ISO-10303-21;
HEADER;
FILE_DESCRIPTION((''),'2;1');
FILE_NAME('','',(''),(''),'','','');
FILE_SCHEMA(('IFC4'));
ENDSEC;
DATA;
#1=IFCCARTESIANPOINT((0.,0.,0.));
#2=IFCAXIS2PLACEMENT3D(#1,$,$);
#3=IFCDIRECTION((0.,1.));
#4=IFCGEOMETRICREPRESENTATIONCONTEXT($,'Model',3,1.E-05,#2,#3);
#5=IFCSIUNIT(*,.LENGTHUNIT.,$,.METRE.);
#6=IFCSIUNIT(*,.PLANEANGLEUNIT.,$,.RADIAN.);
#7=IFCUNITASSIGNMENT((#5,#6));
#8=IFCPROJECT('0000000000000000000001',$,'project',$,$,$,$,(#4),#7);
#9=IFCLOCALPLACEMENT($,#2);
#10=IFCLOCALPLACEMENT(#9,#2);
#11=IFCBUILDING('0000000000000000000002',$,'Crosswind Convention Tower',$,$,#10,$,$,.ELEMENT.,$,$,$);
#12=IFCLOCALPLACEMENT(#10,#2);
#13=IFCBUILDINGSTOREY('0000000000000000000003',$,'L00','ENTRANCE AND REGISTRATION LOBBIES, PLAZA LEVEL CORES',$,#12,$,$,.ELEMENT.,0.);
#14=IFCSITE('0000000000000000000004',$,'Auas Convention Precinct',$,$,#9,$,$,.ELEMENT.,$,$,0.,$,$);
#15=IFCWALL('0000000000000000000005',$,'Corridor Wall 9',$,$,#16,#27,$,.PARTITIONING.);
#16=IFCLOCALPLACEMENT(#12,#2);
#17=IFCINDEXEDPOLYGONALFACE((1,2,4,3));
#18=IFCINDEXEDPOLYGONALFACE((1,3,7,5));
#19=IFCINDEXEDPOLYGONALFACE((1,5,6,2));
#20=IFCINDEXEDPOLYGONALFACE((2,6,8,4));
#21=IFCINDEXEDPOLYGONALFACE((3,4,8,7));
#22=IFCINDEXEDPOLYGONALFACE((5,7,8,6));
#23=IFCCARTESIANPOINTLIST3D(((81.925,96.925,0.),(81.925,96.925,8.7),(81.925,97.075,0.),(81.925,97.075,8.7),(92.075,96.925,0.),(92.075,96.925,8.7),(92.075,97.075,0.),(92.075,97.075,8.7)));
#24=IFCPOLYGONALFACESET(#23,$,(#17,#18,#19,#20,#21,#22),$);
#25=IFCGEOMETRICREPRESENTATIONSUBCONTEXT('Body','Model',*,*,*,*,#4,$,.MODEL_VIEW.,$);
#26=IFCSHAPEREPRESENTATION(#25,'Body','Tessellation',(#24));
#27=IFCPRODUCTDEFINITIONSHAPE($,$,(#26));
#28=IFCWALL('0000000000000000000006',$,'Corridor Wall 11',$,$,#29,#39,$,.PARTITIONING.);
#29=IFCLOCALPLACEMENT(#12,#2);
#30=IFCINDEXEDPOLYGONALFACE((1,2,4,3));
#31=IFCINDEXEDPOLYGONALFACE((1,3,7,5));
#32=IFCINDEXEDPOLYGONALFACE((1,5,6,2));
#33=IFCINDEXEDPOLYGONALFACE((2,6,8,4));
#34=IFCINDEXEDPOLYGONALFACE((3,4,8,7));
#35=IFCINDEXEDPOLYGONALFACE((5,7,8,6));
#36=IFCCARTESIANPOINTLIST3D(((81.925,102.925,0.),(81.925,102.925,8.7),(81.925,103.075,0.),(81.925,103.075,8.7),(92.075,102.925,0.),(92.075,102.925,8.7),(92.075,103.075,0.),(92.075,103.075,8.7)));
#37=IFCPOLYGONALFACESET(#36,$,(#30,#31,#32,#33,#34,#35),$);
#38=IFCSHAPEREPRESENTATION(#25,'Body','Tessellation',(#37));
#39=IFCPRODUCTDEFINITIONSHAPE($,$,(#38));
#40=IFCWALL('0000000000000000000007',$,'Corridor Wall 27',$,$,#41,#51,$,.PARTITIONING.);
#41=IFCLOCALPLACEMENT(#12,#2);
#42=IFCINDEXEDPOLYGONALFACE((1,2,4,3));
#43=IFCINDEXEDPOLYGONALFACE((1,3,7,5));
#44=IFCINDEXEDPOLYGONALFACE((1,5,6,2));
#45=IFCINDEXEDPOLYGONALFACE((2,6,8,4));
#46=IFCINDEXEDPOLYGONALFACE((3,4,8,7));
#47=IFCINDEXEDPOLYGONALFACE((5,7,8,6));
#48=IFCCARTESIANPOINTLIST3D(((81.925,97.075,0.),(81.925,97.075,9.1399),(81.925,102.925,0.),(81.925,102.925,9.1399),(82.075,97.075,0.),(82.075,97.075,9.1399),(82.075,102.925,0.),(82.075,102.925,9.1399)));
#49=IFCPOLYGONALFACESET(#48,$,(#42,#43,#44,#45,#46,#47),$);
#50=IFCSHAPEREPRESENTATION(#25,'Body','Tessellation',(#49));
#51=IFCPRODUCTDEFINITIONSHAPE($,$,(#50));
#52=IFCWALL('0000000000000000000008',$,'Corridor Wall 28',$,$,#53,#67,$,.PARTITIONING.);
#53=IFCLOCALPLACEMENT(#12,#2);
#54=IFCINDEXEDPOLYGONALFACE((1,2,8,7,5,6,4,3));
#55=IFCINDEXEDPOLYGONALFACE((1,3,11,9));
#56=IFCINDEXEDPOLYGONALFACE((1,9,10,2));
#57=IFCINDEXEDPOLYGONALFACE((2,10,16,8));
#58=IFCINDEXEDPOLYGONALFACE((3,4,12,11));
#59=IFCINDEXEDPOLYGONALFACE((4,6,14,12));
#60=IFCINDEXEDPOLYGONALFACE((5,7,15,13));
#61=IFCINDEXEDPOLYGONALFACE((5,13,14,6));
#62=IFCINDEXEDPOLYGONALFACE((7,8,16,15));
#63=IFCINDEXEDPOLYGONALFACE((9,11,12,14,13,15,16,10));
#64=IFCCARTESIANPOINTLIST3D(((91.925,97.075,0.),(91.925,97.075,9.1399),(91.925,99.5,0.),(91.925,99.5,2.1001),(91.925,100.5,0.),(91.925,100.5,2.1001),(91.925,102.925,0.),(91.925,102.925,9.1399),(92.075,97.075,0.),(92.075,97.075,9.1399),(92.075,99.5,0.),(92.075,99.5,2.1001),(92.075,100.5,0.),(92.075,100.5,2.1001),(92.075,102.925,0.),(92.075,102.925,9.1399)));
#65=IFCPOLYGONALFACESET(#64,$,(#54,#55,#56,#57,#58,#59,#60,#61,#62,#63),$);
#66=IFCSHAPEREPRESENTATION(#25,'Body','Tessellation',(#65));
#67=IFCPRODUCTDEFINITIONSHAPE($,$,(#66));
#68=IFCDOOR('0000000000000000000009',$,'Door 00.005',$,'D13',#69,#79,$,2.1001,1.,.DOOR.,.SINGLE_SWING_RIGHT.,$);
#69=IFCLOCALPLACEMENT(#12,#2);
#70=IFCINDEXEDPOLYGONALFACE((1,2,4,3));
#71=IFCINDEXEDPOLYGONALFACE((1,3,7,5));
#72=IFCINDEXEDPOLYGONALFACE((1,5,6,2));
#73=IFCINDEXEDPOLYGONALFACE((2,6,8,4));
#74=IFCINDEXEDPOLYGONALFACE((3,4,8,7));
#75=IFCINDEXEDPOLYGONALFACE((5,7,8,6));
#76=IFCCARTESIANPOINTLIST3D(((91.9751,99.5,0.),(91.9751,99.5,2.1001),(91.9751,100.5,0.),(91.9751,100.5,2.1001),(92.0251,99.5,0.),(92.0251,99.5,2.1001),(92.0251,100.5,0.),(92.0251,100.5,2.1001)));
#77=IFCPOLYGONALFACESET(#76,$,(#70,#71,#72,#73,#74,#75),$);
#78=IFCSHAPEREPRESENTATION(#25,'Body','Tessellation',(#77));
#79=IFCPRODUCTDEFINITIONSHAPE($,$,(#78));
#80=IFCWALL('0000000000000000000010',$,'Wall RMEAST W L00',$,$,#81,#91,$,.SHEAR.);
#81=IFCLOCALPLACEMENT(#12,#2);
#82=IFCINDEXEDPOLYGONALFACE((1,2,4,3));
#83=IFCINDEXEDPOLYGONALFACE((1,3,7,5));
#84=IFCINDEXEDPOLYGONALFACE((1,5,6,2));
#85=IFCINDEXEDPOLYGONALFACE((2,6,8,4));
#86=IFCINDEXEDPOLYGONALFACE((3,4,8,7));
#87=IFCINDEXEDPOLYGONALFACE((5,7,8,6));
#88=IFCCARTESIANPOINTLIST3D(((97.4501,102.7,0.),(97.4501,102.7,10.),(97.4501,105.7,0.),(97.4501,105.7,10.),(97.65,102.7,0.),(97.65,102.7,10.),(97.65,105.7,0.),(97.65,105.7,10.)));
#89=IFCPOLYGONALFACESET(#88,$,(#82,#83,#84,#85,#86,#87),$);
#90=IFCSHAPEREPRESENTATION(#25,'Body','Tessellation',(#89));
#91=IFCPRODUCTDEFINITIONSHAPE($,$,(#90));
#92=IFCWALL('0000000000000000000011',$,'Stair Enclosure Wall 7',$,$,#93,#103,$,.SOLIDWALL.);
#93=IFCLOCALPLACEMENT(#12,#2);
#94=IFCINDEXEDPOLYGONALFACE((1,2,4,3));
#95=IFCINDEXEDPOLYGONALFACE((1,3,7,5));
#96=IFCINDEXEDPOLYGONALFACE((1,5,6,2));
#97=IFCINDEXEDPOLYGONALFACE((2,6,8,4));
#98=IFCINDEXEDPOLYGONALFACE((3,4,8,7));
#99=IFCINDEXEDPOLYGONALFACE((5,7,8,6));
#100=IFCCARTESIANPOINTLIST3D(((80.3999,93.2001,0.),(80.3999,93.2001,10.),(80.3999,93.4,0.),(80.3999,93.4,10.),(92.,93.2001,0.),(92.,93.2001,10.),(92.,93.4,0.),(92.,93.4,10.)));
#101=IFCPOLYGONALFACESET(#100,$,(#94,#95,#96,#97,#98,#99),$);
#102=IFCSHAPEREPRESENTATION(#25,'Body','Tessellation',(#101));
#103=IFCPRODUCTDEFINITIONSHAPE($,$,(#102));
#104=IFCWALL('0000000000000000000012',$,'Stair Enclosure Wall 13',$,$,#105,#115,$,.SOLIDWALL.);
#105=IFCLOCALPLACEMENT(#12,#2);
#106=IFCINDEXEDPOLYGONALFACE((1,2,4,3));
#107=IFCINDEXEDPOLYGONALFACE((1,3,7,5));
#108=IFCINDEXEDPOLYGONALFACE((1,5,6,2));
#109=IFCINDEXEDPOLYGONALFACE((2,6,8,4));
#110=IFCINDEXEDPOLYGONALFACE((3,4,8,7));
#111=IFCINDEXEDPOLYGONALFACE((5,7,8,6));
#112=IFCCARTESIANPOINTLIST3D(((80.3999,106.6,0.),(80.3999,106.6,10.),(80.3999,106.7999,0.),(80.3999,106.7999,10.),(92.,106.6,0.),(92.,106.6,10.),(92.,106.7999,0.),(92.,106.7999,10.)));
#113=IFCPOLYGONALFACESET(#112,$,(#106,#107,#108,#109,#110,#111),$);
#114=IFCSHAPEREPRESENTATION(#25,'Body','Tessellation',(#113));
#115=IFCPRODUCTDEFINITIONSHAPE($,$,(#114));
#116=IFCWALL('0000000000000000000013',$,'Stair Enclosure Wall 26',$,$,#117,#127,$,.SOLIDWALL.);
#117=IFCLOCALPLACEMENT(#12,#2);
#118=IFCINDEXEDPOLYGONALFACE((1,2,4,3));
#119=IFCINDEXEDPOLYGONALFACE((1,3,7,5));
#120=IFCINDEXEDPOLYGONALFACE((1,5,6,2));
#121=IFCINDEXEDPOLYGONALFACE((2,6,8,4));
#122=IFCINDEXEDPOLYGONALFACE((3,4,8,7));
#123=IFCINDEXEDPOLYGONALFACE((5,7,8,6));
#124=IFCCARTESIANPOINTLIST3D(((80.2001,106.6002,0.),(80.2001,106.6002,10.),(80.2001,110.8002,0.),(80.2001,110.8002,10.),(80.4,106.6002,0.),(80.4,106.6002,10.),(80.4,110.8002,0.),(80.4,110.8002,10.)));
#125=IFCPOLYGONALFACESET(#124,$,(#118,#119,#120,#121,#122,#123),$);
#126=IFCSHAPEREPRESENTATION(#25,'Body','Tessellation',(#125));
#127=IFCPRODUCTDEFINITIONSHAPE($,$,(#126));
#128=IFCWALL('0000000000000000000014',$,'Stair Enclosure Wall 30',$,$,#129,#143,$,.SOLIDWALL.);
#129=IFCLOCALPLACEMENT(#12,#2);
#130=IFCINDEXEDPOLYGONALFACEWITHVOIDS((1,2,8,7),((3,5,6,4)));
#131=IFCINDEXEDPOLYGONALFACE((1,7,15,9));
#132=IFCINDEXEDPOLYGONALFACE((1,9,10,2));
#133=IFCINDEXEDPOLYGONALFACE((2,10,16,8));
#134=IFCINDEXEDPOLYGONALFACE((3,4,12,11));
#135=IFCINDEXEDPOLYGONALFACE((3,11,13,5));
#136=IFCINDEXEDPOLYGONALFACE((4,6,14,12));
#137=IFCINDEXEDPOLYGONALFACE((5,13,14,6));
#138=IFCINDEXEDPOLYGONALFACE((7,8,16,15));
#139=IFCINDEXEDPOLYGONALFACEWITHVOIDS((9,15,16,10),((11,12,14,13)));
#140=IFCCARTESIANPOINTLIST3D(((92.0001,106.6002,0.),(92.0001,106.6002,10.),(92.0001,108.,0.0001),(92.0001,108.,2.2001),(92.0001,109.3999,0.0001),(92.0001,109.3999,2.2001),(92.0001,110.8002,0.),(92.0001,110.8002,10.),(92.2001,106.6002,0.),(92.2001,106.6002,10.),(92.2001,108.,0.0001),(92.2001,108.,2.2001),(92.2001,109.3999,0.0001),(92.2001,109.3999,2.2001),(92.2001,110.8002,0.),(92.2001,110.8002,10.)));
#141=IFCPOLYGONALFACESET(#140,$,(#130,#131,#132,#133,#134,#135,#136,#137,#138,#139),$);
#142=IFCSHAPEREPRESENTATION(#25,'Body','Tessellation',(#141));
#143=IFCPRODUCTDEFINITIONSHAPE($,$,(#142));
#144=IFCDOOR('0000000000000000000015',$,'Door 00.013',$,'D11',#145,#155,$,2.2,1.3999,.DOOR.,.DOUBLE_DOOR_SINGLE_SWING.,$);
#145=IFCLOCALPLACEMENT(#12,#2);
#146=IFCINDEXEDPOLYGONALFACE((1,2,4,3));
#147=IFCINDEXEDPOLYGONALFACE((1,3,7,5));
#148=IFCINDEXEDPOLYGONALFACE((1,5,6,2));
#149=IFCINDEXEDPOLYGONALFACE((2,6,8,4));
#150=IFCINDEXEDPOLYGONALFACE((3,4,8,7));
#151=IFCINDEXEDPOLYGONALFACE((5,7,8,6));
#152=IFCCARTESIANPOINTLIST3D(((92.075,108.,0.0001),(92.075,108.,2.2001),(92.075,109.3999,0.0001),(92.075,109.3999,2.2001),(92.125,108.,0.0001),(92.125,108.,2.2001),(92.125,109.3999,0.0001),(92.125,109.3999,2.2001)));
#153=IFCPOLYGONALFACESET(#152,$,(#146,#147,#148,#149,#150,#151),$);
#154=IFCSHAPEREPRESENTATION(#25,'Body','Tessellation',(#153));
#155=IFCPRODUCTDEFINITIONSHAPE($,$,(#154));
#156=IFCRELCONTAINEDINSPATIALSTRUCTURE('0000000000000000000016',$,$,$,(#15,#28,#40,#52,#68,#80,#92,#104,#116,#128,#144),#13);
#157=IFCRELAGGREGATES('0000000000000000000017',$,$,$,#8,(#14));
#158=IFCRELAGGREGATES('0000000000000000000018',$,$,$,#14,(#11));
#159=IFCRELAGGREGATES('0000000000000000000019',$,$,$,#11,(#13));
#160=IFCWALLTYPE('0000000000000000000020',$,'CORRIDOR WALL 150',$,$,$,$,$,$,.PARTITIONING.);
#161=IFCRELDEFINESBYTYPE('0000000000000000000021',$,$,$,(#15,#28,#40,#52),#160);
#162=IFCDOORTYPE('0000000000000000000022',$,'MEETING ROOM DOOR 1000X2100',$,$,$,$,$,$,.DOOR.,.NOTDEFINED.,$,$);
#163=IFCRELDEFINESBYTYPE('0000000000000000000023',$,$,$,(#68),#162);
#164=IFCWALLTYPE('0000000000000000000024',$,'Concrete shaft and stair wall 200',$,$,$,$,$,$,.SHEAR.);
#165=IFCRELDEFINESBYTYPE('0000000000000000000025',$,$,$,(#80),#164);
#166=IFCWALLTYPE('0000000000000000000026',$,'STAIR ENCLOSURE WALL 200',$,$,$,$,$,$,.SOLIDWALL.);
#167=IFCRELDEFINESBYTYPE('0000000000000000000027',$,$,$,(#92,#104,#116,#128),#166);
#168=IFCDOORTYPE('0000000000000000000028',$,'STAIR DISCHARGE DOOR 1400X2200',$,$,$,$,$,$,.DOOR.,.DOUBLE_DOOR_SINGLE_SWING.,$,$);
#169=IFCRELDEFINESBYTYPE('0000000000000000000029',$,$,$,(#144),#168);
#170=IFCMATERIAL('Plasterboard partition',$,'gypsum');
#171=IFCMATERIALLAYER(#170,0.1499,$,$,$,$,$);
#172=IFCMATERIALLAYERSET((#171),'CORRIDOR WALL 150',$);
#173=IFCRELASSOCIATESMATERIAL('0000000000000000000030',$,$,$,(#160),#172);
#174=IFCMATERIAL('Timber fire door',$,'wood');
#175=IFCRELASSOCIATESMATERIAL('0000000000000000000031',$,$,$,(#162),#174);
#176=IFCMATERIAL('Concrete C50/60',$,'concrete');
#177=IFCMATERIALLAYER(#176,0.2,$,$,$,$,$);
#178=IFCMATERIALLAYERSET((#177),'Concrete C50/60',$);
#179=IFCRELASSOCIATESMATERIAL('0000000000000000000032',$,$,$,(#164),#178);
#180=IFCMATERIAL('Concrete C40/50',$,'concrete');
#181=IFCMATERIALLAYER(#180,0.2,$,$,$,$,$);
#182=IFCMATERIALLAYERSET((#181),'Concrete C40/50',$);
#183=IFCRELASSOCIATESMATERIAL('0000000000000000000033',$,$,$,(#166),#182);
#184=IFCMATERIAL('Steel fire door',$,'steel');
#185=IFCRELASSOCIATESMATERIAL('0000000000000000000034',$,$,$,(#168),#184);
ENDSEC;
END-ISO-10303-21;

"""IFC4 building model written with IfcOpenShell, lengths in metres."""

from ifc_helpers import new_model, si_unit, direction, frame, frame_2d, origin, place, context, subcontext, project, spatial, rectangle, extrude, material, layer, layer_set, type_object, element, fill, save


model = new_model("IFC4")

# Units and contexts
model_context = context("Model", 3, precision=1e-05, world=origin(), true_north=direction((0.0, 1.0)))
body_context = subcontext(model_context, "Body", "Model", "MODEL_VIEW")
ifc_project = project(units=[si_unit("LENGTHUNIT", "METRE"), si_unit("PLANEANGLEUNIT", "RADIAN")], contexts=[model_context])

# Site, building, storey
site_placement = place(None, origin())
site = spatial("IfcSite", under=ifc_project, at=site_placement, Name="Auas Convention Precinct", CompositionType="ELEMENT", RefElevation=0.0)
building_placement = place(site_placement, origin())
building = spatial("IfcBuilding", under=site, at=building_placement, Name="Crosswind Convention Tower", CompositionType="ELEMENT")
storey_placement = place(building_placement, origin())
storey = spatial("IfcBuildingStorey", under=building, at=storey_placement, Name="L00", Description="ENTRANCE AND REGISTRATION LOBBIES, PLAZA LEVEL CORES", CompositionType="ELEMENT", Elevation=0.0)

# Walls
ifc_material_1 = material(Name="Plasterboard partition", Category="gypsum")
ifc_layer_1 = layer(ifc_material_1, 0.1499)
ifc_layer_set_1 = layer_set([ifc_layer_1], Name="CORRIDOR WALL 150")
wall_type_1 = type_object("IfcWallType", Name="CORRIDOR WALL 150", PredefinedType="PARTITIONING", material=ifc_layer_set_1)
for number, where, z_axis, x_axis, name in (
    (1, (81.925, 97.0, 0.0), (0.0, 0.0, 1.0), (1.0, 0.0, 0.0), "Corridor Wall 9"),
    (2, (81.925, 103.0, 0.0), (0.0, 0.0, 1.0), (1.0, 0.0, 0.0), "Corridor Wall 11"),
):
    element("IfcWall", number, at=place(storey_placement, frame(where, z_axis=z_axis, x_axis=x_axis)), inside=storey, type_object=wall_type_1, Name=name, PredefinedType="PARTITIONING", context=body_context, shape_type="SweptSolid", body=[
        extrude(rectangle(XDim=10.1499, YDim=0.1499, at=frame_2d((5.075, 0.0))), origin(), (0.0, 0.0, 1.0), 8.7),
    ])
wall_1_placement = place(storey_placement, frame((82.0, 97.075, 0.0), z_axis=(0.0, 0.0, 1.0), x_axis=(0.0, 1.0, 0.0)))
element("IfcWall", 3, at=wall_1_placement, inside=storey, type_object=wall_type_1, Name="Corridor Wall 27", PredefinedType="PARTITIONING", context=body_context, shape_type="SweptSolid", body=[
    extrude(rectangle(XDim=5.8501, YDim=0.1499, at=frame_2d((2.925, 0.0))), origin(), (0.0, 0.0, 1.0), 9.1399),
])

# Wall, opening, door
wall_2_placement = place(storey_placement, frame((92.0, 97.075, 0.0), z_axis=(0.0, 0.0, 1.0), x_axis=(0.0, 1.0, 0.0)))
wall_2 = element("IfcWall", 4, at=wall_2_placement, inside=storey, type_object=wall_type_1, Name="Corridor Wall 28", PredefinedType="PARTITIONING", context=body_context, shape_type="SweptSolid", body=[
    extrude(rectangle(XDim=5.8501, YDim=0.1499, at=frame_2d((2.925, 0.0))), origin(), (0.0, 0.0, 1.0), 9.1399),
])
opening_1_placement = place(wall_2_placement, frame((2.425, 0.0, 0.0)))
opening_1 = element("IfcOpeningElement", 5, at=opening_1_placement, cuts=wall_2, PredefinedType="OPENING", context=body_context, shape_type="SweptSolid", body=[
    extrude(rectangle(XDim=1.0, YDim=2.1001, at=frame_2d((0.5, 1.05))), frame((0.0, 0.085, 0.0), z_axis=(0.0, -1.0, 0.0), x_axis=(1.0, 0.0, 0.0)), (0.0, 0.0, 1.0), 0.1699),
])
ifc_material_2 = material(Name="Timber fire door", Category="wood")
door_type_1 = type_object("IfcDoorType", Name="MEETING ROOM DOOR 1000X2100", OperationType="NOTDEFINED", PredefinedType="DOOR", material=ifc_material_2)
door_1_placement = place(opening_1_placement, origin())
door_1 = element("IfcDoor", 6, at=door_1_placement, inside=storey, type_object=door_type_1, Name="Door 00.005", ObjectType="D13", OperationType="SINGLE_SWING_RIGHT", OverallHeight=2.1001, OverallWidth=1.0, PredefinedType="DOOR", context=body_context, shape_type="SweptSolid", body=[
    extrude(rectangle(XDim=1.0, YDim=2.1001, at=frame_2d((0.5, 1.05))), frame((0.0, 0.0249, 0.0), z_axis=(0.0, -1.0, 0.0), x_axis=(1.0, 0.0, 0.0)), (0.0, 0.0, 1.0), 0.05),
])
fill(opening_1, door_1)

# Walls
ifc_material_3 = material(Name="Concrete C50/60", Category="concrete")
ifc_layer_2 = layer(ifc_material_3, 0.2)
ifc_layer_set_2 = layer_set([ifc_layer_2], Name="Concrete C50/60")
wall_type_2 = type_object("IfcWallType", Name="Concrete shaft and stair wall 200", PredefinedType="SHEAR", material=ifc_layer_set_2)
wall_3_placement = place(storey_placement, frame((97.55, 105.7, 0.0), z_axis=(0.0, 0.0, 1.0), x_axis=(0.0, -1.0, 0.0)))
element("IfcWall", 7, at=wall_3_placement, inside=storey, type_object=wall_type_2, Name="Wall RMEAST W L00", PredefinedType="SHEAR", context=body_context, shape_type="SweptSolid", body=[
    extrude(rectangle(XDim=3.0, YDim=0.2, at=frame_2d((1.5, 0.0))), origin(), (0.0, 0.0, 1.0), 10.0),
])
ifc_material_4 = material(Name="Concrete C40/50", Category="concrete")
ifc_layer_3 = layer(ifc_material_4, 0.2)
ifc_layer_set_3 = layer_set([ifc_layer_3], Name="Concrete C40/50")
wall_type_3 = type_object("IfcWallType", Name="STAIR ENCLOSURE WALL 200", PredefinedType="SOLIDWALL", material=ifc_layer_set_3)
for number, where, z_axis, x_axis, name in (
    (8, (80.3999, 93.3, 0.0), (0.0, 0.0, 1.0), (1.0, 0.0, 0.0), "Stair Enclosure Wall 7"),
    (9, (80.3999, 106.7, 0.0), (0.0, 0.0, 1.0), (1.0, 0.0, 0.0), "Stair Enclosure Wall 13"),
):
    element("IfcWall", number, at=place(storey_placement, frame(where, z_axis=z_axis, x_axis=x_axis)), inside=storey, type_object=wall_type_3, Name=name, PredefinedType="SOLIDWALL", context=body_context, shape_type="SweptSolid", body=[
        extrude(rectangle(XDim=11.6001, YDim=0.2, at=frame_2d((5.8, 0.0))), origin(), (0.0, 0.0, 1.0), 10.0),
    ])
wall_4_placement = place(storey_placement, frame((80.3, 106.6001, 0.0), z_axis=(0.0, 0.0, 1.0), x_axis=(0.0, 1.0, 0.0)))
element("IfcWall", 10, at=wall_4_placement, inside=storey, type_object=wall_type_3, Name="Stair Enclosure Wall 26", PredefinedType="SOLIDWALL", context=body_context, shape_type="SweptSolid", body=[
    extrude(rectangle(XDim=4.2, YDim=0.2, at=frame_2d((2.1001, 0.0))), origin(), (0.0, 0.0, 1.0), 10.0),
])

# Wall, opening, door
wall_5_placement = place(storey_placement, frame((92.1001, 106.6001, 0.0), z_axis=(0.0, 0.0, 1.0), x_axis=(0.0, 1.0, 0.0)))
wall_5 = element("IfcWall", 11, at=wall_5_placement, inside=storey, type_object=wall_type_3, Name="Stair Enclosure Wall 30", PredefinedType="SOLIDWALL", context=body_context, shape_type="SweptSolid", body=[
    extrude(rectangle(XDim=4.2, YDim=0.2, at=frame_2d((2.1001, 0.0))), origin(), (0.0, 0.0, 1.0), 10.0),
])
opening_2_placement = place(wall_5_placement, frame((1.3999, 0.0, 0.0)))
opening_2 = element("IfcOpeningElement", 12, at=opening_2_placement, cuts=wall_5, PredefinedType="OPENING", context=body_context, shape_type="SweptSolid", body=[
    extrude(rectangle(XDim=1.3999, YDim=2.2, at=frame_2d((0.7, 1.1001))), frame((0.0, 0.1099, 0.0), z_axis=(0.0, -1.0, 0.0), x_axis=(1.0, 0.0, 0.0)), (0.0, 0.0, 1.0), 0.22),
])
ifc_material_5 = material(Name="Steel fire door", Category="steel")
door_type_2 = type_object("IfcDoorType", Name="STAIR DISCHARGE DOOR 1400X2200", OperationType="DOUBLE_DOOR_SINGLE_SWING", PredefinedType="DOOR", material=ifc_material_5)
door_2_placement = place(opening_2_placement, frame((1.3999, 0.0, 0.0), z_axis=(0.0, 0.0, 1.0), x_axis=(-1.0, 0.0, 0.0)))
door_2 = element("IfcDoor", 13, at=door_2_placement, inside=storey, type_object=door_type_2, Name="Door 00.013", ObjectType="D11", OperationType="DOUBLE_DOOR_SINGLE_SWING", OverallHeight=2.2, OverallWidth=1.3999, PredefinedType="DOOR", context=body_context, shape_type="SweptSolid", body=[
    extrude(rectangle(XDim=1.3999, YDim=2.2, at=frame_2d((0.7, 1.1001))), frame((0.0, 0.0249, 0.0), z_axis=(0.0, -1.0, 0.0), x_axis=(1.0, 0.0, 0.0)), (0.0, 0.0, 1.0), 0.05),
])
fill(opening_2, door_2)

save(model, "model.ifc")
